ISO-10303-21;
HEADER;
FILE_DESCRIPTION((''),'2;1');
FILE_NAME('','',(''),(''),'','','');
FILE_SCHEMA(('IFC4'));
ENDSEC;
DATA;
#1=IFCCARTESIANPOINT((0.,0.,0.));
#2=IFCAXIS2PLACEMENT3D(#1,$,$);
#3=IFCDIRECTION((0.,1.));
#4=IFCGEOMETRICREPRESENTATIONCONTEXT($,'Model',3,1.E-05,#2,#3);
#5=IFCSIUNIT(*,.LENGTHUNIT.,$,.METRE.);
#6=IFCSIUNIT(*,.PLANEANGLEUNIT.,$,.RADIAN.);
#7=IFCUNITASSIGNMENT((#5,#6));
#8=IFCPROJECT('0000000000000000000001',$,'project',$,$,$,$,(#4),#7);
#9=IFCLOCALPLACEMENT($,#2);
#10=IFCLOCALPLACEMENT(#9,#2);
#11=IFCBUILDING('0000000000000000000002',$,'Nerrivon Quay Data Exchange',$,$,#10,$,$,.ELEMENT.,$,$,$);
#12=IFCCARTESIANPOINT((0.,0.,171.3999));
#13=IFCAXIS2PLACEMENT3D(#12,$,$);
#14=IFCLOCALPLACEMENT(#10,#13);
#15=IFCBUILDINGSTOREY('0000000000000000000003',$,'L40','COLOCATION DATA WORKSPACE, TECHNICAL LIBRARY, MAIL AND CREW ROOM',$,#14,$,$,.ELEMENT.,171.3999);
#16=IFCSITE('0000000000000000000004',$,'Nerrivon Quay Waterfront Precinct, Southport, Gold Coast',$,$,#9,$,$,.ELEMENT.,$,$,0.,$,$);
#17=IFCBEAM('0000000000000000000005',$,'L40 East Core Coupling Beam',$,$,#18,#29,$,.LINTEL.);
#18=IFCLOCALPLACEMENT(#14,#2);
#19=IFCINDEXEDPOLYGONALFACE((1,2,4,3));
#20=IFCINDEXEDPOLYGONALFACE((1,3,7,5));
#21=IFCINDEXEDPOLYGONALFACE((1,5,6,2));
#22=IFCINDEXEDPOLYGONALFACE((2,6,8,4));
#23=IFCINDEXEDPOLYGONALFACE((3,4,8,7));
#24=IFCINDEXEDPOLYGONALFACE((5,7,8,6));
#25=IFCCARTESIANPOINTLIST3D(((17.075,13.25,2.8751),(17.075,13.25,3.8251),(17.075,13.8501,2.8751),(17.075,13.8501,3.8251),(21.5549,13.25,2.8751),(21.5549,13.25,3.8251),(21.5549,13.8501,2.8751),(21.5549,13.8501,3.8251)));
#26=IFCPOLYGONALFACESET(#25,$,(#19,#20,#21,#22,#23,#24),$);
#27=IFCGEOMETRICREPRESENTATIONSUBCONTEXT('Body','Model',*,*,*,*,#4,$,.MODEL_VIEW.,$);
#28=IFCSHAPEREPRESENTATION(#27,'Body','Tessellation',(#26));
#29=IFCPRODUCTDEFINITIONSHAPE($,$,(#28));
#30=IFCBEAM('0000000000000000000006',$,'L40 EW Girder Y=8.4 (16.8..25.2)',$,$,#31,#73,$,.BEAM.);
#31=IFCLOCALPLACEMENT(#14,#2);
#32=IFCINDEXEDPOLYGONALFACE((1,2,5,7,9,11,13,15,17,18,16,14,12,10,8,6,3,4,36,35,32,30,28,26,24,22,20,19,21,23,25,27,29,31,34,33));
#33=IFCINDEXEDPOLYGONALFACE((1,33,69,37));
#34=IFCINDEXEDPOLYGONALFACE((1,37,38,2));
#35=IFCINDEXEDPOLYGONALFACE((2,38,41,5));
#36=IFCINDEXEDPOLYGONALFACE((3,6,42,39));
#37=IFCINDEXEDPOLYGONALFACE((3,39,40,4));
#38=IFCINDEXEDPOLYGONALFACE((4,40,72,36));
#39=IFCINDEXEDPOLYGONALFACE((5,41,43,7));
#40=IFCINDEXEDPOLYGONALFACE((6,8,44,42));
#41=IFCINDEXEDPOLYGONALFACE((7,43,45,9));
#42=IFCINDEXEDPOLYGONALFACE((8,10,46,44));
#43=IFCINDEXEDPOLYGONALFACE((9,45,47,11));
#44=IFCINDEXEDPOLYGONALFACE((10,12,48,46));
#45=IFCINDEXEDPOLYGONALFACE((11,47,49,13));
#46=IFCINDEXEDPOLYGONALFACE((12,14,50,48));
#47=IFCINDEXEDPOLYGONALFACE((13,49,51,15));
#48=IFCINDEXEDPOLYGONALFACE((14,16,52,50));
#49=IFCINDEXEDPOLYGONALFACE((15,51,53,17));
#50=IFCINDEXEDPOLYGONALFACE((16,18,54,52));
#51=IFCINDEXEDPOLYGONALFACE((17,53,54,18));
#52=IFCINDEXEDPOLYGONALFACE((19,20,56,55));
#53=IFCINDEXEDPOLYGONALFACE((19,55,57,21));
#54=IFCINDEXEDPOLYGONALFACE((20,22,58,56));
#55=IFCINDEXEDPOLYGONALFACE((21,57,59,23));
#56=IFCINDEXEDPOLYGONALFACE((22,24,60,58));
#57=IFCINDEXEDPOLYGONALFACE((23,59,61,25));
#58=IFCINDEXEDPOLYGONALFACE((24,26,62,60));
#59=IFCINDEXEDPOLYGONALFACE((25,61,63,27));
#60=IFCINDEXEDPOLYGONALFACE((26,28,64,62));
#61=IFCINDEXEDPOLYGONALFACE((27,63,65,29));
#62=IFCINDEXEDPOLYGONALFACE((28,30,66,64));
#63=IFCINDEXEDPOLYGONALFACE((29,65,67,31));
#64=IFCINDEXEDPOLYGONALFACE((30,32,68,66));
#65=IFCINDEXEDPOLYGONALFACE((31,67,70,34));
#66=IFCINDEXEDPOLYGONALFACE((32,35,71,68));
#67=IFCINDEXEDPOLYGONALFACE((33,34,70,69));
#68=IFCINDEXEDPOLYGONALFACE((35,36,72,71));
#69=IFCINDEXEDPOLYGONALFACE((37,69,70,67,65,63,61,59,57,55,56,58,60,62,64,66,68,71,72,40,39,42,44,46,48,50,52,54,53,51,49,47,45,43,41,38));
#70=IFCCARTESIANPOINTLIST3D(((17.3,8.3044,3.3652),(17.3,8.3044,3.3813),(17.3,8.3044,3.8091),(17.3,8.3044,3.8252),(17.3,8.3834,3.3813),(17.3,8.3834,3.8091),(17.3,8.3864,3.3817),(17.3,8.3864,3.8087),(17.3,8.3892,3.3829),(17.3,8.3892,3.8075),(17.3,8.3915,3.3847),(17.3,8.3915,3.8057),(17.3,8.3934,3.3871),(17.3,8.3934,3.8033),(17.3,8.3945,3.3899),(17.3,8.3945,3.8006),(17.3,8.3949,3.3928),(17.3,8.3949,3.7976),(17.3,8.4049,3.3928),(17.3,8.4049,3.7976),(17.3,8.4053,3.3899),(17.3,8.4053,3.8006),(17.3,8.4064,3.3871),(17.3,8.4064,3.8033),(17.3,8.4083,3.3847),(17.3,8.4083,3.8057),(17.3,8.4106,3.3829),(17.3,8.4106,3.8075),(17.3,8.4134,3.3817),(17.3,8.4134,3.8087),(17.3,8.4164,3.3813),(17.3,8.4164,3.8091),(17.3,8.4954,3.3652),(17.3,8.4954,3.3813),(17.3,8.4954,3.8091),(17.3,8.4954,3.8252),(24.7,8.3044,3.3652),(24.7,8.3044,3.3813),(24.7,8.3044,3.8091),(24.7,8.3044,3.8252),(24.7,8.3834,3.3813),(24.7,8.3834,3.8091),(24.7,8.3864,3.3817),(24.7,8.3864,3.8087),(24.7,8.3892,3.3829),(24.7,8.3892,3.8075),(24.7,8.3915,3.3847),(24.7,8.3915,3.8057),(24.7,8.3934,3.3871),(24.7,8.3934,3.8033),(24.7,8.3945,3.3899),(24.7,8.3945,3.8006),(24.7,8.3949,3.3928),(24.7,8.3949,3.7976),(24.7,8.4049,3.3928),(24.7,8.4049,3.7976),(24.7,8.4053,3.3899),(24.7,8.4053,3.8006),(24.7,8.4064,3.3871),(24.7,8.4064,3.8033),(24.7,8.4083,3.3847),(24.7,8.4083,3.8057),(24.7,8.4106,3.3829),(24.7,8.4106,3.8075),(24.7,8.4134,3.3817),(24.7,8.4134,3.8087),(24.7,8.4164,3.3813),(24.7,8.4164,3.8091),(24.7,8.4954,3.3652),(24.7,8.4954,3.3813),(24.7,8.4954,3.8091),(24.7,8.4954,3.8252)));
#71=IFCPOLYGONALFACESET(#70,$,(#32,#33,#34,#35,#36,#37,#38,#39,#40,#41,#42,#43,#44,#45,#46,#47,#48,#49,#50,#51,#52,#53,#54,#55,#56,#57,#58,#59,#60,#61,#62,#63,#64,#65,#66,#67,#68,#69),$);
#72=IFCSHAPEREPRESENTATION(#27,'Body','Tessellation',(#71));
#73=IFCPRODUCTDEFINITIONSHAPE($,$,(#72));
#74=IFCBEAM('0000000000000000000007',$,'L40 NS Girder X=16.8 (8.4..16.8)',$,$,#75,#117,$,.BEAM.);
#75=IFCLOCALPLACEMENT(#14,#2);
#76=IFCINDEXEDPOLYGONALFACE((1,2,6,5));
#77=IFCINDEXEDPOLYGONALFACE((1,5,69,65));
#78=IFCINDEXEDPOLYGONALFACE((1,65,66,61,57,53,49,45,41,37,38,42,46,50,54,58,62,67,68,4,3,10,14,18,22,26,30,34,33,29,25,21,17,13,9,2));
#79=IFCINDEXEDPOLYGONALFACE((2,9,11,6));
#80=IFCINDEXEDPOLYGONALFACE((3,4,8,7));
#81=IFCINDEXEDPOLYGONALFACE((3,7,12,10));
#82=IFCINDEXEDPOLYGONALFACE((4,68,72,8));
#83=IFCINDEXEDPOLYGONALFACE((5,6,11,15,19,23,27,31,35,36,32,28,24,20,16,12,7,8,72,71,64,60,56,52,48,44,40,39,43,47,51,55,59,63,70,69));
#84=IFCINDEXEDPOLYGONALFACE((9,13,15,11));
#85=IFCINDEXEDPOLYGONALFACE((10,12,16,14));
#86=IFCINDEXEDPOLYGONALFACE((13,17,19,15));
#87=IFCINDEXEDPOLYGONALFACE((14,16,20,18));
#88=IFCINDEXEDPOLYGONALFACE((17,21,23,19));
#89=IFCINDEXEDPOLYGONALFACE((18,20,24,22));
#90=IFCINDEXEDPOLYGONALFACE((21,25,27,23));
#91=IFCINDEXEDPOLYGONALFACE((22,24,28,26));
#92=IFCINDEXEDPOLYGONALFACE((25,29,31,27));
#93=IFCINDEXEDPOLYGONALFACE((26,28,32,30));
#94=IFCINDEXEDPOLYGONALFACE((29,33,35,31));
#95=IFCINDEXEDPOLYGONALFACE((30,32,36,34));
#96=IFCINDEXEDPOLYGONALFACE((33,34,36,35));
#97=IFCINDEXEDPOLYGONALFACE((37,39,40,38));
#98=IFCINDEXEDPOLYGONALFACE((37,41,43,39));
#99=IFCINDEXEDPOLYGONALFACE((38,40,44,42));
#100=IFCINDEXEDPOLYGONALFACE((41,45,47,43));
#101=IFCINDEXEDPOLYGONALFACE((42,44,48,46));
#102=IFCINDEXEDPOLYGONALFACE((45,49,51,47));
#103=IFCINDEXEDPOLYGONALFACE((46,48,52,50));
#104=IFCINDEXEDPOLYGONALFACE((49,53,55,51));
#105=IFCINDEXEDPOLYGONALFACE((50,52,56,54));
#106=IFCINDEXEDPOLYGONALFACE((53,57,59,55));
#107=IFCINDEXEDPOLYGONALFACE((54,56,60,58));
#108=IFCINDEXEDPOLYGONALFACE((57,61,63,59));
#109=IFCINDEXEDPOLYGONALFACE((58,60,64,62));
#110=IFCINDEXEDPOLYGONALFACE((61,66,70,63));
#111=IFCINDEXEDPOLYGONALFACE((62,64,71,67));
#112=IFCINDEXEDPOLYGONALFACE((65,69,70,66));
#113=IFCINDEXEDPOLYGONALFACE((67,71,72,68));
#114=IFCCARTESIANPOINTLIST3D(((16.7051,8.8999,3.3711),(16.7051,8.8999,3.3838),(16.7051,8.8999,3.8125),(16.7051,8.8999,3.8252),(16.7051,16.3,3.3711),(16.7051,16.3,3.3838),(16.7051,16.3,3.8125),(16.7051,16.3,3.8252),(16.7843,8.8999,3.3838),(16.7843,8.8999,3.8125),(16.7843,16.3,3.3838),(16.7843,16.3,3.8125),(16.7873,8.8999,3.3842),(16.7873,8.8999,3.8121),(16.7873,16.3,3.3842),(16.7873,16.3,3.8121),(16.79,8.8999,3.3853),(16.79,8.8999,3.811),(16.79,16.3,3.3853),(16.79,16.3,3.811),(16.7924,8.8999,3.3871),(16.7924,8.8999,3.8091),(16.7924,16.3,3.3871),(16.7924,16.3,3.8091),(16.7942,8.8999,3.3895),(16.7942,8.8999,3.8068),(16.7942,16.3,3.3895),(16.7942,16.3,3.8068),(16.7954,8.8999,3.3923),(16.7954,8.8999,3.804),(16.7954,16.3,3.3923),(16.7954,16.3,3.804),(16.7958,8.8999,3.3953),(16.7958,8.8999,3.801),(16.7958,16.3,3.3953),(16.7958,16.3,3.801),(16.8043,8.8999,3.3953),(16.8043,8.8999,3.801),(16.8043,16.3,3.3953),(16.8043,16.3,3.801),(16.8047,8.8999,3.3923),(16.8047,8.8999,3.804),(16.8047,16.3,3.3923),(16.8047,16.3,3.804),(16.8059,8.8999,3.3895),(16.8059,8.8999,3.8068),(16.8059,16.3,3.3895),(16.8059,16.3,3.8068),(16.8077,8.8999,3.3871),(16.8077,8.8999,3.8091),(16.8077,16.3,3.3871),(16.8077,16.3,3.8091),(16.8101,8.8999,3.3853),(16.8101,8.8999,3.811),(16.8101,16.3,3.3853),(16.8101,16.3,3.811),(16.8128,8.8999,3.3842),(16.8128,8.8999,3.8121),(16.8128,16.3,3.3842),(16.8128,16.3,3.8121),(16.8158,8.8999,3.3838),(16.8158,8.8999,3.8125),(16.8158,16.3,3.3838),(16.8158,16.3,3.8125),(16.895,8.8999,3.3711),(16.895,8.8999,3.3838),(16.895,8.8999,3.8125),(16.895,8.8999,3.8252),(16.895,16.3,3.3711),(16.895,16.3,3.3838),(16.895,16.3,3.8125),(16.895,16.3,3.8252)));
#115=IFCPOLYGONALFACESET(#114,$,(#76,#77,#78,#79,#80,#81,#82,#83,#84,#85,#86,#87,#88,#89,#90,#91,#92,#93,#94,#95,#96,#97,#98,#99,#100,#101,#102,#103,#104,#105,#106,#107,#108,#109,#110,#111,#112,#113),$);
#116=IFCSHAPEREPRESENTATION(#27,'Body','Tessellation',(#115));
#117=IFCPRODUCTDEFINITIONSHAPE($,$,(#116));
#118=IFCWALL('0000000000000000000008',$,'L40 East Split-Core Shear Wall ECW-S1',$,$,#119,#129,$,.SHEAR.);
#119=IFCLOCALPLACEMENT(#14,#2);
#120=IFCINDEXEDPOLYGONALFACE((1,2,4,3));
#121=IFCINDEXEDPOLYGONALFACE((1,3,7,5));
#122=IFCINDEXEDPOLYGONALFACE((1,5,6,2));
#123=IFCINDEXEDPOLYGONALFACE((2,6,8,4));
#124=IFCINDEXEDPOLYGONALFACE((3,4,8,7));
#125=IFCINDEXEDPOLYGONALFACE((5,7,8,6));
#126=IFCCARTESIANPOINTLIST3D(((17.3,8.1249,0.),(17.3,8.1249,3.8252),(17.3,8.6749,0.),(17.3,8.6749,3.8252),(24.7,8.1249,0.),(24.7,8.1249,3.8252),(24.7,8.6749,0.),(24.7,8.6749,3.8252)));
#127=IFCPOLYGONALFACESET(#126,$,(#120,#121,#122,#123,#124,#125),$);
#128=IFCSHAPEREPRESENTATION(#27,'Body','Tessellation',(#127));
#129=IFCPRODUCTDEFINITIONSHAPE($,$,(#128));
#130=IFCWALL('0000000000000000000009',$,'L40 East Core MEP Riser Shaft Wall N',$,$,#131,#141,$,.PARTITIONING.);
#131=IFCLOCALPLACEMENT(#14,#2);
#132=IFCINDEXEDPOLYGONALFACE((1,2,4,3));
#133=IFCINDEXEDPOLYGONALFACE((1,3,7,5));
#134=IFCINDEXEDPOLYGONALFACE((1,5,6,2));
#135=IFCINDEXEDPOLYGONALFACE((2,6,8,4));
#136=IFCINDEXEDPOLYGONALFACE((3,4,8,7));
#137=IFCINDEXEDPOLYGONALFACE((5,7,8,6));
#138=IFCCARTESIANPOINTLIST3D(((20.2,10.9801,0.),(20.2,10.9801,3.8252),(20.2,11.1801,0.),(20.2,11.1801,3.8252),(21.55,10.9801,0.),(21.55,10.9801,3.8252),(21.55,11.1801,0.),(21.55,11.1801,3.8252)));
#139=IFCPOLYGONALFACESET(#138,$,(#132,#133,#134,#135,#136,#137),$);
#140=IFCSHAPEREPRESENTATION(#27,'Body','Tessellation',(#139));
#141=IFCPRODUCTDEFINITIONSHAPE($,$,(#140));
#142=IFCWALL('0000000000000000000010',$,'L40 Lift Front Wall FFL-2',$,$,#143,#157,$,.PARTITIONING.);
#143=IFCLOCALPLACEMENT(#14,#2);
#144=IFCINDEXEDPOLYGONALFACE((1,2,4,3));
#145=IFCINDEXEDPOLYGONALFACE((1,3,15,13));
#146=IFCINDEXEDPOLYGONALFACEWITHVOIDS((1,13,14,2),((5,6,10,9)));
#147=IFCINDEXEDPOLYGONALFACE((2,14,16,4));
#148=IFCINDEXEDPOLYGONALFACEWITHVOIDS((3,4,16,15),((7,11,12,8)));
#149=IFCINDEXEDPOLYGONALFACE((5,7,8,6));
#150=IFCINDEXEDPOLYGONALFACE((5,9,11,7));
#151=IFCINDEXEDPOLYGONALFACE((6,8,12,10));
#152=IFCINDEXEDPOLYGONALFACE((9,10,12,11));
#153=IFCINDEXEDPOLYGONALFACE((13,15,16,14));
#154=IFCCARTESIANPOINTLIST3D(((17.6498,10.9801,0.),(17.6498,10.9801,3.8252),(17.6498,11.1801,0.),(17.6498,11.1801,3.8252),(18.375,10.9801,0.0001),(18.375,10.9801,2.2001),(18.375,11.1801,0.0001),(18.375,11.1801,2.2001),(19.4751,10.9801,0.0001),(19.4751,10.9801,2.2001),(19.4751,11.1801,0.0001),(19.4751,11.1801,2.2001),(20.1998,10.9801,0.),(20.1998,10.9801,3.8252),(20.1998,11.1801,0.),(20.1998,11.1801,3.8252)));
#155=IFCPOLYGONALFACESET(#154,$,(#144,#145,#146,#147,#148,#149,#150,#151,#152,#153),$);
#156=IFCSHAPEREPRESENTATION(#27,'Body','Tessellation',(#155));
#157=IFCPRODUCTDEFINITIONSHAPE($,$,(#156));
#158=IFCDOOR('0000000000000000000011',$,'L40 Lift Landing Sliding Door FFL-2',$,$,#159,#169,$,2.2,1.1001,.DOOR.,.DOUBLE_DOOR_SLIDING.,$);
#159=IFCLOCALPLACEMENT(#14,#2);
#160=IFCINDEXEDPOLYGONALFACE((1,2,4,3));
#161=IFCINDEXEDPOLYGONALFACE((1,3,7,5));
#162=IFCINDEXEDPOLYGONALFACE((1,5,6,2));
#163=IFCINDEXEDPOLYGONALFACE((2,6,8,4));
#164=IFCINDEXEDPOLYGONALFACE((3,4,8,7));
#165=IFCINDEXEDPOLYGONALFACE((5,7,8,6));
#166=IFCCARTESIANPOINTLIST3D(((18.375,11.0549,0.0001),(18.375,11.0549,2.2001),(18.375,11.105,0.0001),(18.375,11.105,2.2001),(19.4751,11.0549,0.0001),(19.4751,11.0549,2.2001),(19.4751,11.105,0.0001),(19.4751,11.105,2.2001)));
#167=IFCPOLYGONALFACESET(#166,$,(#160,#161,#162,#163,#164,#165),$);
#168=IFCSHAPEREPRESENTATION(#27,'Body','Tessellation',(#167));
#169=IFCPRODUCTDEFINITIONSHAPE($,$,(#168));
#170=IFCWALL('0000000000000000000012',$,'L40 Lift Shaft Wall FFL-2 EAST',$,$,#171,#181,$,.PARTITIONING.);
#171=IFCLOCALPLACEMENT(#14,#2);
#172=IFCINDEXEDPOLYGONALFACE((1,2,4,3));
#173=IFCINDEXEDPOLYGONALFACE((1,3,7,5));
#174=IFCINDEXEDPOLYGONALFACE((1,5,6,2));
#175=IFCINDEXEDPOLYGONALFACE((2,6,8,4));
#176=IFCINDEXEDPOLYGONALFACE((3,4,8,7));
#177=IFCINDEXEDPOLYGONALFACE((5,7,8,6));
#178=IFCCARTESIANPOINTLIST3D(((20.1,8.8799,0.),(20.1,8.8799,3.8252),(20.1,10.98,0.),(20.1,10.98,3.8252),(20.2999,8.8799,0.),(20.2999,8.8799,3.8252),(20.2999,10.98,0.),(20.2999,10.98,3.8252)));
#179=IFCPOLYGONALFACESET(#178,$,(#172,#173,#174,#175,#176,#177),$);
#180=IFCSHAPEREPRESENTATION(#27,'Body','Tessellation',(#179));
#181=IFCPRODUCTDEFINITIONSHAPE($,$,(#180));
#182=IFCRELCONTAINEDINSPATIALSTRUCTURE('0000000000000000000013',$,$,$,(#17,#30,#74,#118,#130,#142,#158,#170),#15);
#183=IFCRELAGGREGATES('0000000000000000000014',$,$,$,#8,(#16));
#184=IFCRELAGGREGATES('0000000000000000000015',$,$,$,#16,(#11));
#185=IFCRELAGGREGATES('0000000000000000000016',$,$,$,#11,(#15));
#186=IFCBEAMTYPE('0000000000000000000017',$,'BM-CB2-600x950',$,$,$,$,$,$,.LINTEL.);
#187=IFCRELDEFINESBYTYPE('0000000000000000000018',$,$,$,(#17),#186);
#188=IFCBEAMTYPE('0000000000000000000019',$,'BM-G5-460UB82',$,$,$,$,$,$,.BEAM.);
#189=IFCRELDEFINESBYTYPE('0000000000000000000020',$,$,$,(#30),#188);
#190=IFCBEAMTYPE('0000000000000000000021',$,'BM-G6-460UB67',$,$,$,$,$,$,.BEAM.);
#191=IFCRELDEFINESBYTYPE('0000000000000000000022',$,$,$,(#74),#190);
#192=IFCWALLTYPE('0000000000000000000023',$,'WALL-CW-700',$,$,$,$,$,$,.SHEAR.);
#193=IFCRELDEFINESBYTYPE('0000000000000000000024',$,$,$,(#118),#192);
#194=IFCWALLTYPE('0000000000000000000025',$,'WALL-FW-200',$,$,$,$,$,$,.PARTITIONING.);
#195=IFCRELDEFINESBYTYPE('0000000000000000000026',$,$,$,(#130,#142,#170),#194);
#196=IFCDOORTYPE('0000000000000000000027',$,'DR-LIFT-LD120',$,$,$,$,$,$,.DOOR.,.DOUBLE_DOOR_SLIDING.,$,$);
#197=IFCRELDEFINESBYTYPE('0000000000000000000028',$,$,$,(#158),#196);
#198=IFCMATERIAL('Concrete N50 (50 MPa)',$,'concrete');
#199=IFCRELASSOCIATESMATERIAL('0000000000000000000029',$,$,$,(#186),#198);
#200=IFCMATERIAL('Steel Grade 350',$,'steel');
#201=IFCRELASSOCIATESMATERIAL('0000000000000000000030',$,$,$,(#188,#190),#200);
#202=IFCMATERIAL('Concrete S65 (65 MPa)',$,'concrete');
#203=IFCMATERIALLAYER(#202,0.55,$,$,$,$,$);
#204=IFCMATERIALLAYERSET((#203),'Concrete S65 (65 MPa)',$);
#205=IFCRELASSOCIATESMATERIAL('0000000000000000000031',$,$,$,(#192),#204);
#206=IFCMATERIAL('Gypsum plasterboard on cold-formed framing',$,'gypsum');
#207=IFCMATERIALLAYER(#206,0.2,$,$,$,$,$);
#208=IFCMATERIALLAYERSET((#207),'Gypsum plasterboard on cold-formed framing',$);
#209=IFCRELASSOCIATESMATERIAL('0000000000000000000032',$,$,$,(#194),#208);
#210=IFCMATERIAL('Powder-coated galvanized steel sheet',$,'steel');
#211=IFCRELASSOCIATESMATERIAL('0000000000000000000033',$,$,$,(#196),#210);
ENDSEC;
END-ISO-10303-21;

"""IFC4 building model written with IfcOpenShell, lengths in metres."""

from ifc_helpers import new_model, si_unit, direction, frame, frame_2d, origin, origin_2d, place, context, subcontext, project, spatial, rectangle, i_section, extrude, material, layer, layer_set, material_profile, profile_set, type_object, element, fill, save


model = new_model("IFC4")

# Units and contexts
model_context = context("Model", 3, precision=1e-05, world=origin(), true_north=direction((0.0, 1.0)))
body_context = subcontext(model_context, "Body", "Model", "MODEL_VIEW")
ifc_project = project(units=[si_unit("LENGTHUNIT", "METRE"), si_unit("PLANEANGLEUNIT", "RADIAN")], contexts=[model_context])

# Site, building, storey
site_placement = place(None, origin())
site = spatial("IfcSite", under=ifc_project, at=site_placement, Name="Nerrivon Quay Waterfront Precinct, Southport, Gold Coast", CompositionType="ELEMENT", RefElevation=0.0)
building_placement = place(site_placement, origin())
building = spatial("IfcBuilding", under=site, at=building_placement, Name="Nerrivon Quay Data Exchange", CompositionType="ELEMENT")
storey_placement = place(building_placement, frame((0.0, 0.0, 171.3999)))
storey = spatial("IfcBuildingStorey", under=building, at=storey_placement, Name="L40", Description="COLOCATION DATA WORKSPACE, TECHNICAL LIBRARY, MAIL AND CREW ROOM", CompositionType="ELEMENT", Elevation=171.3999)

# Beams
ifc_material_1 = material(Name="Concrete N50 (50 MPa)", Category="concrete")
ifc_material_profile_1 = material_profile(ifc_material_1, rectangle(XDim=0.6001, YDim=0.95, at=origin_2d()), Name="RC-CB-600x950")
ifc_profile_set_1 = profile_set([ifc_material_profile_1], Name="Concrete N50 (50 MPa)")
beam_type_1 = type_object("IfcBeamType", Name="BM-CB2-600x950", PredefinedType="LINTEL", material=ifc_profile_set_1)
beam_1_placement = place(storey_placement, frame((17.075, 13.55, 3.3501), z_axis=(1.0, 0.0, 0.0), x_axis=(0.0, 1.0, 0.0)))
element("IfcBeam", 1, at=beam_1_placement, inside=storey, type_object=beam_type_1, Name="L40 East Core Coupling Beam", PredefinedType="LINTEL", context=body_context, shape_type="SweptSolid", body=[
    extrude(rectangle(XDim=0.6001, YDim=0.95, at=origin_2d()), origin(), (0.0, 0.0, 1.0), 4.48),
])
ifc_material_2 = material(Name="Steel Grade 350", Category="steel")
ifc_material_profile_2 = material_profile(ifc_material_2, i_section(OverallWidth=0.1909, OverallDepth=0.46, WebThickness=0.01, FlangeThickness=0.0161, FilletRadius=0.0115, at=origin_2d()), Name="460UB82.1")
ifc_profile_set_2 = profile_set([ifc_material_profile_2], Name="Steel Grade 350")
beam_type_2 = type_object("IfcBeamType", Name="BM-G5-460UB82", PredefinedType="BEAM", material=ifc_profile_set_2)
beam_2_placement = place(storey_placement, frame((17.3, 8.3999, 3.5952), z_axis=(1.0, 0.0, 0.0), x_axis=(0.0, 1.0, 0.0)))
element("IfcBeam", 2, at=beam_2_placement, inside=storey, type_object=beam_type_2, Name="L40 EW Girder Y=8.4 (16.8..25.2)", PredefinedType="BEAM", context=body_context, shape_type="SweptSolid", body=[
    extrude(i_section(OverallWidth=0.1909, OverallDepth=0.46, WebThickness=0.01, FlangeThickness=0.0161, FilletRadius=0.0115, at=origin_2d()), origin(), (0.0, 0.0, 1.0), 7.3999),
])
ifc_material_profile_3 = material_profile(ifc_material_2, i_section(OverallWidth=0.1899, OverallDepth=0.4541, WebThickness=0.0085, FlangeThickness=0.0127, FilletRadius=0.0115, at=origin_2d()), Name="460UB67.1")
ifc_profile_set_3 = profile_set([ifc_material_profile_3], Name="Steel Grade 350")
beam_type_3 = type_object("IfcBeamType", Name="BM-G6-460UB67", PredefinedType="BEAM", material=ifc_profile_set_3)
beam_3_placement = place(storey_placement, frame((16.8, 8.8999, 3.5981), z_axis=(0.0, 1.0, 0.0), x_axis=(-1.0, 0.0, 0.0)))
element("IfcBeam", 3, at=beam_3_placement, inside=storey, type_object=beam_type_3, Name="L40 NS Girder X=16.8 (8.4..16.8)", PredefinedType="BEAM", context=body_context, shape_type="SweptSolid", body=[
    extrude(i_section(OverallWidth=0.1899, OverallDepth=0.4541, WebThickness=0.0085, FlangeThickness=0.0127, FilletRadius=0.0115, at=origin_2d()), origin(), (0.0, 0.0, 1.0), 7.4001),
])

# Wall
ifc_material_3 = material(Name="Concrete S65 (65 MPa)", Category="concrete")
ifc_layer_1 = layer(ifc_material_3, 0.55)
ifc_layer_set_1 = layer_set([ifc_layer_1], Name="Concrete S65 (65 MPa)")
wall_type_1 = type_object("IfcWallType", Name="WALL-CW-700", PredefinedType="SHEAR", material=ifc_layer_set_1)
wall_1_placement = place(storey_placement, frame((17.3, 8.3999, 0.0), z_axis=(0.0, 0.0, 1.0), x_axis=(1.0, 0.0, 0.0)))
element("IfcWall", 4, at=wall_1_placement, inside=storey, type_object=wall_type_1, Name="L40 East Split-Core Shear Wall ECW-S1", PredefinedType="SHEAR", context=body_context, shape_type="SweptSolid", body=[
    extrude(rectangle(XDim=7.3999, YDim=0.55, at=frame_2d((3.7, 0.0))), origin(), (0.0, 0.0, 1.0), 3.8252),
])

# Shared definitions
ifc_material_4 = material(Name="Powder-coated galvanized steel sheet", Category="steel")

# Wall
ifc_material_5 = material(Name="Gypsum plasterboard on cold-formed framing", Category="gypsum")
ifc_layer_2 = layer(ifc_material_5, 0.2)
ifc_layer_set_2 = layer_set([ifc_layer_2], Name="Gypsum plasterboard on cold-formed framing")
wall_type_2 = type_object("IfcWallType", Name="WALL-FW-200", PredefinedType="PARTITIONING", material=ifc_layer_set_2)
wall_2_placement = place(storey_placement, frame((20.2, 11.0801, 0.0), z_axis=(0.0, 0.0, 1.0), x_axis=(1.0, 0.0, 0.0)))
element("IfcWall", 5, at=wall_2_placement, inside=storey, type_object=wall_type_2, Name="L40 East Core MEP Riser Shaft Wall N", PredefinedType="PARTITIONING", context=body_context, shape_type="SweptSolid", body=[
    extrude(rectangle(XDim=1.3501, YDim=0.2, at=frame_2d((0.675, 0.0))), origin(), (0.0, 0.0, 1.0), 3.8252),
])

# Wall, opening, door
wall_3_placement = place(storey_placement, frame((17.6499, 11.0801, 0.0), z_axis=(0.0, 0.0, 1.0), x_axis=(1.0, 0.0, 0.0)))
wall_3 = element("IfcWall", 6, at=wall_3_placement, inside=storey, type_object=wall_type_2, Name="L40 Lift Front Wall FFL-2", PredefinedType="PARTITIONING", context=body_context, shape_type="SweptSolid", body=[
    extrude(rectangle(XDim=2.55, YDim=0.2, at=frame_2d((1.2749, 0.0))), origin(), (0.0, 0.0, 1.0), 3.8252),
])
opening_1_placement = place(wall_3_placement, frame((0.7251, 0.0, 0.0)))
opening_1 = element("IfcOpeningElement", 7, at=opening_1_placement, cuts=wall_3, PredefinedType="OPENING", context=body_context, shape_type="SweptSolid", body=[
    extrude(rectangle(XDim=1.1001, YDim=2.2, at=frame_2d((0.55, 1.1001))), frame((0.0, 0.1099, 0.0), z_axis=(0.0, -1.0, 0.0), x_axis=(1.0, 0.0, 0.0)), (0.0, 0.0, 1.0), 0.22),
])
door_type_1 = type_object("IfcDoorType", Name="DR-LIFT-LD120", OperationType="DOUBLE_DOOR_SLIDING", PredefinedType="DOOR", material=ifc_material_4)
door_1_placement = place(opening_1_placement, origin())
door_1 = element("IfcDoor", 8, at=door_1_placement, inside=storey, type_object=door_type_1, Name="L40 Lift Landing Sliding Door FFL-2", OperationType="DOUBLE_DOOR_SLIDING", OverallHeight=2.2, OverallWidth=1.1001, PredefinedType="DOOR", context=body_context, shape_type="SweptSolid", body=[
    extrude(rectangle(XDim=1.1001, YDim=2.2, at=frame_2d((0.55, 1.1001))), frame((0.0, 0.0249, 0.0), z_axis=(0.0, -1.0, 0.0), x_axis=(1.0, 0.0, 0.0)), (0.0, 0.0, 1.0), 0.05),
])
fill(opening_1, door_1)

# Wall
for number, where, z_axis, x_axis, name in (
    (9, (20.2, 8.8799, 0.0), (0.0, 0.0, 1.0), (0.0, 1.0, 0.0), "L40 Lift Shaft Wall FFL-2 EAST"),
):
    element("IfcWall", number, at=place(storey_placement, frame(where, z_axis=z_axis, x_axis=x_axis)), inside=storey, type_object=wall_type_2, Name=name, PredefinedType="PARTITIONING", context=body_context, shape_type="SweptSolid", body=[
        extrude(rectangle(XDim=2.1001, YDim=0.2, at=frame_2d((1.05, 0.0))), origin(), (0.0, 0.0, 1.0), 3.8252),
    ])

save(model, "model.ifc")
